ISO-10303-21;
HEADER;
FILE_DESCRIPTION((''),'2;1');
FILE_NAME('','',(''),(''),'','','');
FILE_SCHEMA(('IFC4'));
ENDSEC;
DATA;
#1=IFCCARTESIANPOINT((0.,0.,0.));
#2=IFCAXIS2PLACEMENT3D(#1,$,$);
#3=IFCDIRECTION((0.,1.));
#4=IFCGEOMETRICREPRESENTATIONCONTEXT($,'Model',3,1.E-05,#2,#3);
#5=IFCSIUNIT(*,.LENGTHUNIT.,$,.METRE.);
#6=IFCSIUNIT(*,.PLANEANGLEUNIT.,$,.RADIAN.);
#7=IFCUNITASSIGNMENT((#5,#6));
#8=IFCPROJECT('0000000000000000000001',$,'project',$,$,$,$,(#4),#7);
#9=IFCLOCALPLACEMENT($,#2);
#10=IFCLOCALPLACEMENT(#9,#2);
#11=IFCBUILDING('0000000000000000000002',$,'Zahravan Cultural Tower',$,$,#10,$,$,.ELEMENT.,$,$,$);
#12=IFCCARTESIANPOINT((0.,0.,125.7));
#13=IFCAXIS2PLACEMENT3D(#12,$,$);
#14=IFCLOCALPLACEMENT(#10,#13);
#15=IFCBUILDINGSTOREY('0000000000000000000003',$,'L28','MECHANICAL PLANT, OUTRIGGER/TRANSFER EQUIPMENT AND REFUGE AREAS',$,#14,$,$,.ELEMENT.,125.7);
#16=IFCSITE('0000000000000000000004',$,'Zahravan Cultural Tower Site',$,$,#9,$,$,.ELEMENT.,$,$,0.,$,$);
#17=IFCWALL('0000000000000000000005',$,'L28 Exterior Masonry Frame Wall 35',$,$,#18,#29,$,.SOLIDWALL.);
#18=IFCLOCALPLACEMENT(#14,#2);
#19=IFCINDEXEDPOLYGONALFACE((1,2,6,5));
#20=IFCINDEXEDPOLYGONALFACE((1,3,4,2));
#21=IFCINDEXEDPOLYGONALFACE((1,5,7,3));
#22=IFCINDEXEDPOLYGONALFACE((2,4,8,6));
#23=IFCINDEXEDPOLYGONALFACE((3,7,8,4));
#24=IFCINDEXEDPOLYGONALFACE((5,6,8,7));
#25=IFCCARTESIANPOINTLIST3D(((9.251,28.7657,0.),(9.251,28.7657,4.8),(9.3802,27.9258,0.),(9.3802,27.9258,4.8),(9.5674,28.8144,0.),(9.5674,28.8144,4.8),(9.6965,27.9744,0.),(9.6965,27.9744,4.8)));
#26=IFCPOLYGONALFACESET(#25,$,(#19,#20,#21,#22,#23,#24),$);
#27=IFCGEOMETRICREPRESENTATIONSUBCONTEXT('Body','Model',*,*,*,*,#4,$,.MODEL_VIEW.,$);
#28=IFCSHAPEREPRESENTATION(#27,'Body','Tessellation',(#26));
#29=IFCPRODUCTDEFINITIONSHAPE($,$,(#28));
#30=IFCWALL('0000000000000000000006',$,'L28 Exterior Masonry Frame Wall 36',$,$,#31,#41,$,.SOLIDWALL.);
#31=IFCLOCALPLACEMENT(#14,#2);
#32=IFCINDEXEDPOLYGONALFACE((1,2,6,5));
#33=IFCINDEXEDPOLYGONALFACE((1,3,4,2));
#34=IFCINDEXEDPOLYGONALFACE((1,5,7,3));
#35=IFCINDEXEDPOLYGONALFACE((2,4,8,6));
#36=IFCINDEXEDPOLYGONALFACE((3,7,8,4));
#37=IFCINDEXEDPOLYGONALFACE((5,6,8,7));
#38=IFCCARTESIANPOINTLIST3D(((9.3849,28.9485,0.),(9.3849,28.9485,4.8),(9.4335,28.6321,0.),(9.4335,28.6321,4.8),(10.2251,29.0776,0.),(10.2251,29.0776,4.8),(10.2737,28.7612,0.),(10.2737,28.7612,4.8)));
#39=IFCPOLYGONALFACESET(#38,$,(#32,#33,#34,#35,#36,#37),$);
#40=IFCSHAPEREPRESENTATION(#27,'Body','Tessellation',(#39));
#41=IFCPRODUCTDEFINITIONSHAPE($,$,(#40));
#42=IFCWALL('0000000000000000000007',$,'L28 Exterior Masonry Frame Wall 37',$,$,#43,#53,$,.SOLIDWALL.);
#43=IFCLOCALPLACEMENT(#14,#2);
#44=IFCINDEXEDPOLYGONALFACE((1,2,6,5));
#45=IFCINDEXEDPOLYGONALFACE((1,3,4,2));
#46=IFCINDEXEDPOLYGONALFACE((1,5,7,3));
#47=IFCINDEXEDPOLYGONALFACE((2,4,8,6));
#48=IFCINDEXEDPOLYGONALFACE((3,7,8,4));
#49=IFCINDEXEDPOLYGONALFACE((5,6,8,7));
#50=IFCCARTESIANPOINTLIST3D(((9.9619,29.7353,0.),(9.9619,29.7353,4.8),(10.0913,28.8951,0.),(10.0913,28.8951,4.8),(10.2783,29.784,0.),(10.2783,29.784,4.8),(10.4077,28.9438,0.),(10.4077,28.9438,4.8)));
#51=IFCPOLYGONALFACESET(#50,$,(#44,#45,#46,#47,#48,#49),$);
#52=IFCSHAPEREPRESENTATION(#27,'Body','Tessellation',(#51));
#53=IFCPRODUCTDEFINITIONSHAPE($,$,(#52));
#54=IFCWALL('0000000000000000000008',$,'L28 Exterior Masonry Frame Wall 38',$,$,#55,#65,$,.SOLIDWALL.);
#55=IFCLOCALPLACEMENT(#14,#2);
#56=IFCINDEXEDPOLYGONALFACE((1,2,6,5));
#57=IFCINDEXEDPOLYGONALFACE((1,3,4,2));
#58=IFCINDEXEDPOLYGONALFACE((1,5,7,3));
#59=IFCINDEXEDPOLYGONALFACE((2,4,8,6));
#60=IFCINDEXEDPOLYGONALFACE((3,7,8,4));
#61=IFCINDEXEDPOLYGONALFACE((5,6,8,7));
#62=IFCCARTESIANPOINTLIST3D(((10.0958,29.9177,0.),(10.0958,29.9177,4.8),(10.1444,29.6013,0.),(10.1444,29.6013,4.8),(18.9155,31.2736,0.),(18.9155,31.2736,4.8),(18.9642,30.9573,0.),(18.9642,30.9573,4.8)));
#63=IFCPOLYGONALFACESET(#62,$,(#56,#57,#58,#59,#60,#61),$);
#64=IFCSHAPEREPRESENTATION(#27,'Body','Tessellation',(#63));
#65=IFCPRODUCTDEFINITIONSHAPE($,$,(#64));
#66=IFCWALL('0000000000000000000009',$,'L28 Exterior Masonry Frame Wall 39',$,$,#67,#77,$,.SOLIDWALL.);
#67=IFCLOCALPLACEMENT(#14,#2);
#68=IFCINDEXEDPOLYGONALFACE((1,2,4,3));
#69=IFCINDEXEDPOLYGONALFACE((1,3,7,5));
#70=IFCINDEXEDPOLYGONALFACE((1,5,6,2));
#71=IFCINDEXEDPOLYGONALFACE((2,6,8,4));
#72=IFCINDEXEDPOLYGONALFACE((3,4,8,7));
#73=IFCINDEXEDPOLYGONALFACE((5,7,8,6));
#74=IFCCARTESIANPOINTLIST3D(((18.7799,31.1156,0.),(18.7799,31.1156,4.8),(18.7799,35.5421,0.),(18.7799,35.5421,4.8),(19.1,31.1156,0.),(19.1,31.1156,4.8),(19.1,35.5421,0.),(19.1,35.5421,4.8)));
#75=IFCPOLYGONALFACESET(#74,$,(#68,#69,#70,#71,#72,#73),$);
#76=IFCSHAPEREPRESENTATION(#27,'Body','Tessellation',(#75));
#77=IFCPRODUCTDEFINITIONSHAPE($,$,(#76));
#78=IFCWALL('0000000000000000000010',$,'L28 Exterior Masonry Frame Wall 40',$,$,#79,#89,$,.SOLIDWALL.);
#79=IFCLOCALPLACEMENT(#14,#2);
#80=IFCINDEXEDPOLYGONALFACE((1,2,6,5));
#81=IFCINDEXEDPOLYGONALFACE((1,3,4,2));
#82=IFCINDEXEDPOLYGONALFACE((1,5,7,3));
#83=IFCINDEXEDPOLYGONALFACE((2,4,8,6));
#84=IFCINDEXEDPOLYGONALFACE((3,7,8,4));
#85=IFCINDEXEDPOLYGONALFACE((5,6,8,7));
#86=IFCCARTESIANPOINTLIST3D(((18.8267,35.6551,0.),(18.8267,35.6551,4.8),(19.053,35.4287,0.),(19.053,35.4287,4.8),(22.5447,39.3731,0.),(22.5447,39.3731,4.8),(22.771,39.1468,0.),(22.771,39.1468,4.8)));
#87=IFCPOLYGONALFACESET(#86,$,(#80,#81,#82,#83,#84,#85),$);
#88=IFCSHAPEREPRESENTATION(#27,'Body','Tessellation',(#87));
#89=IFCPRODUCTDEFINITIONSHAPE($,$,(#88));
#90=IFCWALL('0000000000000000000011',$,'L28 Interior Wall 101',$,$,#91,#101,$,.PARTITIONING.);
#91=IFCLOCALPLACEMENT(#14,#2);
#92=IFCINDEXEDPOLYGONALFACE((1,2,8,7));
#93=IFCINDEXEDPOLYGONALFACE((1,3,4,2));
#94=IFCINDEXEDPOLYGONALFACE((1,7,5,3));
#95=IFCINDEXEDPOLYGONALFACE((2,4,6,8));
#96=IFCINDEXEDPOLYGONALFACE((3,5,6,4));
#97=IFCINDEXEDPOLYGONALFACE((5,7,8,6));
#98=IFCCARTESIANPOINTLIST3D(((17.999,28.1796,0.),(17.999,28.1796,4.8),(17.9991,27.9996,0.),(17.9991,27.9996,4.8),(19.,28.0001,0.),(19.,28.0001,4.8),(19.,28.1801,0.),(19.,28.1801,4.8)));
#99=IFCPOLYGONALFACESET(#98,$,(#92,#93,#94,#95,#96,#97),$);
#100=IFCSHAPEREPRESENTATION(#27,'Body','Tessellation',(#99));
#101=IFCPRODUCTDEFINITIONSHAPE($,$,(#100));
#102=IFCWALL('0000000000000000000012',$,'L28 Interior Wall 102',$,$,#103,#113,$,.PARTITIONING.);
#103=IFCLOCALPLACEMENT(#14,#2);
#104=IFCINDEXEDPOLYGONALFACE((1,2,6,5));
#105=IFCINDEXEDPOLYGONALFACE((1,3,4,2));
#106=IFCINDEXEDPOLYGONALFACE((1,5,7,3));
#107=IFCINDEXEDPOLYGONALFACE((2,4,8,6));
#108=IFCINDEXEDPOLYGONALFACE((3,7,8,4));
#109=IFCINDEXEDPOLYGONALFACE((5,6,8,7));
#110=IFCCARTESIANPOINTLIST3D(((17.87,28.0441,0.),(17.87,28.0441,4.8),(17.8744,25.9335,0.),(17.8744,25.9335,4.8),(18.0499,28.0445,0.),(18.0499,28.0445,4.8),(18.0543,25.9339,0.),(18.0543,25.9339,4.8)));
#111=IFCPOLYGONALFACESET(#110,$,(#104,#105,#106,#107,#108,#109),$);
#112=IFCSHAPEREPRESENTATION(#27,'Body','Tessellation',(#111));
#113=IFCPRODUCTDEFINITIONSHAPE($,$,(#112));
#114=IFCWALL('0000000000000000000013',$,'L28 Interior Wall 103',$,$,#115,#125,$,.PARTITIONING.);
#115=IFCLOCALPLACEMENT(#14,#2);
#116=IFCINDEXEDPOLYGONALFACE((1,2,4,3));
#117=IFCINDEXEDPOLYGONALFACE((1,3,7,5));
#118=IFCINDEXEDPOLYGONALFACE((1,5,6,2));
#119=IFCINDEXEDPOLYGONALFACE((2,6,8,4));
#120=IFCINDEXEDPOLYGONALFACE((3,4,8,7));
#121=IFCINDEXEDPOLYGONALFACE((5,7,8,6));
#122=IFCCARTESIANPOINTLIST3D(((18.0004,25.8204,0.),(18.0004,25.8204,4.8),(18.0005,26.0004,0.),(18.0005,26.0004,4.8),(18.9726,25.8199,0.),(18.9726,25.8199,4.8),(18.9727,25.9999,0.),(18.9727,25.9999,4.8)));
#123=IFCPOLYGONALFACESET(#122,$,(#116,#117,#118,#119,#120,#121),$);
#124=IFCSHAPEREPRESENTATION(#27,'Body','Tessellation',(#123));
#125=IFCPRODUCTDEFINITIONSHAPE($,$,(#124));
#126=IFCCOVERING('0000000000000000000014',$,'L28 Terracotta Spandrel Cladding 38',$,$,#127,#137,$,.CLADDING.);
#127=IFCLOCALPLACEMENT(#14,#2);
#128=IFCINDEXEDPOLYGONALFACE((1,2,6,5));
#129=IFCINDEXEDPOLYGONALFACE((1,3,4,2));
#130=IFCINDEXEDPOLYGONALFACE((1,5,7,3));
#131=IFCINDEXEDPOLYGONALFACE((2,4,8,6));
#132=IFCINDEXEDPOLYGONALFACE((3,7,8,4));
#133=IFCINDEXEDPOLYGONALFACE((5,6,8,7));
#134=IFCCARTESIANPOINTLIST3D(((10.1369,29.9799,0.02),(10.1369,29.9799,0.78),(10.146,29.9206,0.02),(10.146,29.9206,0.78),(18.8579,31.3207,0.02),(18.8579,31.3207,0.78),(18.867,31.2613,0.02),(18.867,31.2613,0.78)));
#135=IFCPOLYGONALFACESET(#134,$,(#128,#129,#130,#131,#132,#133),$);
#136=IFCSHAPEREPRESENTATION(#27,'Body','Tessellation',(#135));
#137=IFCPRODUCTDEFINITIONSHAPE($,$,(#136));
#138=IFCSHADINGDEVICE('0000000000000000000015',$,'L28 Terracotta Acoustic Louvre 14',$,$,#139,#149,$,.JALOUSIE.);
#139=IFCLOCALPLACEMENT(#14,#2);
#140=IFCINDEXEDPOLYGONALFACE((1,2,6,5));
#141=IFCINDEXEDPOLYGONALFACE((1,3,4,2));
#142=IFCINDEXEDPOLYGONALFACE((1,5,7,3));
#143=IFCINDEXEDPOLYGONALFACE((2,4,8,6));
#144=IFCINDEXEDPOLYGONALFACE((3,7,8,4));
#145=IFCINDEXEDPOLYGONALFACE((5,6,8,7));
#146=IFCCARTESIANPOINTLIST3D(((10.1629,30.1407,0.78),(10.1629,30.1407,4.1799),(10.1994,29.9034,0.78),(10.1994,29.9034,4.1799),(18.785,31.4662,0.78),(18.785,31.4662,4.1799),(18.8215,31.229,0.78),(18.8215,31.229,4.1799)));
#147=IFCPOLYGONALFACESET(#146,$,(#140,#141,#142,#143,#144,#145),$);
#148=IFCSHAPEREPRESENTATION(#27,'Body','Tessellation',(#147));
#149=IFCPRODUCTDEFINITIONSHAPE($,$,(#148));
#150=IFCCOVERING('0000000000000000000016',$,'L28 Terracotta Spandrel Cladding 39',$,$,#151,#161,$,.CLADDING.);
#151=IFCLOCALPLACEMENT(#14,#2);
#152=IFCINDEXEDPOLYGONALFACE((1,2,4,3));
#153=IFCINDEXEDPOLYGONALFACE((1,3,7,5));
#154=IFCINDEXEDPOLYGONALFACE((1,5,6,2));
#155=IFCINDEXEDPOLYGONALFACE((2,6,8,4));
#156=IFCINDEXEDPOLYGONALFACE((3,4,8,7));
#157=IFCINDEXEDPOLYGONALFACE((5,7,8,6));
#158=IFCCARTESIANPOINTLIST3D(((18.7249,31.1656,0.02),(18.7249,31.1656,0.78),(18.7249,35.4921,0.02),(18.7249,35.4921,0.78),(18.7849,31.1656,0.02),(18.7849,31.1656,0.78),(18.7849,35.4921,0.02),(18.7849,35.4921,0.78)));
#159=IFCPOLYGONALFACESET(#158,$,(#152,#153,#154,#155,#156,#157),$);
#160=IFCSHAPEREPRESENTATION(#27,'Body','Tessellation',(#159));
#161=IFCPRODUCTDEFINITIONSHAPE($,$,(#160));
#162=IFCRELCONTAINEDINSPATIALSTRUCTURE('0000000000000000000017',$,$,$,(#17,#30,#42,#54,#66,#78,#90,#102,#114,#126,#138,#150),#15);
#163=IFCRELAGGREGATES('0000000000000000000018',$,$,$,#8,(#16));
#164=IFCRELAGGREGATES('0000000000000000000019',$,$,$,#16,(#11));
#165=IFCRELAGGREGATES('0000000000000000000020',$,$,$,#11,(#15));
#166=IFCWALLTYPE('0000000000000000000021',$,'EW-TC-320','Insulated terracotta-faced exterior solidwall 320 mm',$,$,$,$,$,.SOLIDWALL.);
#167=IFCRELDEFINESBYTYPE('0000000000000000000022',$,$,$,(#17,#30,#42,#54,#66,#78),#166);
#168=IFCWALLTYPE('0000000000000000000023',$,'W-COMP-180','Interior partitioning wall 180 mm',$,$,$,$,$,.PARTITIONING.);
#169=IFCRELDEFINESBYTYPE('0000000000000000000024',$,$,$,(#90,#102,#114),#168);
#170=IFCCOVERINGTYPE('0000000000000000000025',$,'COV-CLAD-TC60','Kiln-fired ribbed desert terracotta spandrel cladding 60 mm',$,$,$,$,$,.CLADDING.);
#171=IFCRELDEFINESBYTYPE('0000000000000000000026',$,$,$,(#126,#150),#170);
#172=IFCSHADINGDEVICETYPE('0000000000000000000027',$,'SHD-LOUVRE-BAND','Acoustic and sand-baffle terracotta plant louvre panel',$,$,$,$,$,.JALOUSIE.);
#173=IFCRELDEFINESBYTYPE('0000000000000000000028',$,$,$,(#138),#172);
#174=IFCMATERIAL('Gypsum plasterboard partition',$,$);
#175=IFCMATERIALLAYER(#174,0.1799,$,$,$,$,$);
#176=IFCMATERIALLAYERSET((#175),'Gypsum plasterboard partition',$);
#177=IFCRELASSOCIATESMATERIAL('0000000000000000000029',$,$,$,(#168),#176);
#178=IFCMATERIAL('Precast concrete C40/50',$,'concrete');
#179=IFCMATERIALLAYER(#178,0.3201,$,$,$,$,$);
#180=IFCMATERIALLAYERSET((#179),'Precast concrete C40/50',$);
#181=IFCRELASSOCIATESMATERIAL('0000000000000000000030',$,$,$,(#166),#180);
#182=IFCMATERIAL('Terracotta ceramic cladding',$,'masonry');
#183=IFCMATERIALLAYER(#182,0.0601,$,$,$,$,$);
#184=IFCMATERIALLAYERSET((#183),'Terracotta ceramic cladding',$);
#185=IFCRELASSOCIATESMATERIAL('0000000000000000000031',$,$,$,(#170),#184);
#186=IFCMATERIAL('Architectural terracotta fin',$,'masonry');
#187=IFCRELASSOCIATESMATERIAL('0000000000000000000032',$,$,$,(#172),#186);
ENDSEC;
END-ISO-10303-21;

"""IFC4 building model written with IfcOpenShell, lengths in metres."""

from ifc_helpers import new_model, si_unit, direction, frame, frame_2d, origin, origin_2d, place, context, subcontext, project, spatial, rectangle, extrude, source, transform, mapped, material, layer, layer_set, type_object, element, save


model = new_model("IFC4")

# Units and contexts
model_context = context("Model", 3, precision=1e-05, world=origin(), true_north=direction((0.0, 1.0)))
body_context = subcontext(model_context, "Body", "Model", "MODEL_VIEW")
ifc_project = project(units=[si_unit("LENGTHUNIT", "METRE"), si_unit("PLANEANGLEUNIT", "RADIAN")], contexts=[model_context])

# Site, building, storey
site_placement = place(None, origin())
site = spatial("IfcSite", under=ifc_project, at=site_placement, Name="Zahravan Cultural Tower Site", CompositionType="ELEMENT", RefElevation=0.0)
building_placement = place(site_placement, origin())
building = spatial("IfcBuilding", under=site, at=building_placement, Name="Zahravan Cultural Tower", CompositionType="ELEMENT")
storey_placement = place(building_placement, frame((0.0, 0.0, 125.7)))
storey = spatial("IfcBuildingStorey", under=building, at=storey_placement, Name="L28", Description="MECHANICAL PLANT, OUTRIGGER/TRANSFER EQUIPMENT AND REFUGE AREAS", CompositionType="ELEMENT", Elevation=125.7)

# Shared definitions
ifc_material_1 = material(Name="Gypsum plasterboard partition")
ifc_layer_1 = layer(ifc_material_1, 0.1799)
ifc_layer_set_1 = layer_set([ifc_layer_1], Name="Gypsum plasterboard partition")
wall_type_1 = type_object("IfcWallType", Name="W-COMP-180", Description="Interior partitioning wall 180 mm", PredefinedType="PARTITIONING", material=ifc_layer_set_1)

# Walls
ifc_material_2 = material(Name="Precast concrete C40/50", Category="concrete")
ifc_layer_2 = layer(ifc_material_2, 0.3201)
ifc_layer_set_2 = layer_set([ifc_layer_2], Name="Precast concrete C40/50")
wall_type_2 = type_object("IfcWallType", Name="EW-TC-320", Description="Insulated terracotta-faced exterior solidwall 320 mm", PredefinedType="SOLIDWALL", material=ifc_layer_set_2)
shared_shape_1 = source(origin(), body_context, "Body", "SweptSolid", [
    extrude(rectangle(XDim=0.8499, YDim=0.3201, at=frame_2d((0.4248, 0.0))), origin(), (0.0, 0.0, 1.0), 4.8),
])
for number, where, z_axis, x_axis, name in (
    (1, (9.5383, 27.9502, 0.0), (0.0, 0.0, 1.0), (-0.151949, 0.988388, 0.0), "L28 Exterior Masonry Frame Wall 35"),
):
    element("IfcWall", number, at=place(storey_placement, frame(where, z_axis=z_axis, x_axis=x_axis)), inside=storey, type_object=wall_type_2, Name=name, PredefinedType="SOLIDWALL", context=body_context, shape_type="MappedRepresentation", body=[
        mapped(shared_shape_1, transform((0.0, 0.0, 0.0), x_axis=(1.0, 0.0, 0.0), y_axis=(0.0, 1.0, 0.0), z_axis=(0.0, 0.0, 1.0), scale=1.0)),
    ])
shared_shape_2 = source(origin(), body_context, "Body", "SweptSolid", [
    extrude(rectangle(XDim=0.8501, YDim=0.3201, at=frame_2d((0.425, 0.0))), origin(), (0.0, 0.0, 1.0), 4.8),
])
for number, where, z_axis, x_axis, name in (
    (2, (9.4092, 28.7903, 0.0), (0.0, 0.0, 1.0), (0.988395, 0.151906, 0.0), "L28 Exterior Masonry Frame Wall 36"),
    (3, (10.2495, 28.9194, 0.0), (0.0, 0.0, 1.0), (-0.15223, 0.988345, 0.0), "L28 Exterior Masonry Frame Wall 37"),
):
    element("IfcWall", number, at=place(storey_placement, frame(where, z_axis=z_axis, x_axis=x_axis)), inside=storey, type_object=wall_type_2, Name=name, PredefinedType="SOLIDWALL", context=body_context, shape_type="MappedRepresentation", body=[
        mapped(shared_shape_2, transform((0.0, 0.0, 0.0), x_axis=(1.0, 0.0, 0.0), y_axis=(0.0, 1.0, 0.0), z_axis=(0.0, 0.0, 1.0), scale=1.0)),
    ])
shared_shape_3 = source(origin(), body_context, "Body", "SweptSolid", [
    extrude(rectangle(XDim=8.9233, YDim=0.3201, at=frame_2d((4.4617, 0.0))), origin(), (0.0, 0.0, 1.0), 4.8),
])
wall_1_placement = place(storey_placement, frame((10.1201, 29.7595, 0.0), z_axis=(0.0, 0.0, 1.0), x_axis=(0.988388, 0.151954, 0.0)))
element("IfcWall", 4, at=wall_1_placement, inside=storey, type_object=wall_type_2, Name="L28 Exterior Masonry Frame Wall 38", PredefinedType="SOLIDWALL", context=body_context, shape_type="MappedRepresentation", body=[
    mapped(shared_shape_3, transform((0.0, 0.0, 0.0), x_axis=(1.0, 0.0, 0.0), y_axis=(0.0, 1.0, 0.0), z_axis=(0.0, 0.0, 1.0), scale=1.0)),
])
shared_shape_4 = source(origin(), body_context, "Body", "SweptSolid", [
    extrude(rectangle(XDim=4.4265, YDim=0.3201, at=frame_2d((2.2134, 0.0))), origin(), (0.0, 0.0, 1.0), 4.8),
])
wall_2_placement = place(storey_placement, frame((18.9399, 31.1155, 0.0), z_axis=(0.0, 0.0, 1.0), x_axis=(0.0, 1.0, 0.0)))
element("IfcWall", 5, at=wall_2_placement, inside=storey, type_object=wall_type_2, Name="L28 Exterior Masonry Frame Wall 39", PredefinedType="SOLIDWALL", context=body_context, shape_type="MappedRepresentation", body=[
    mapped(shared_shape_4, transform((0.0, 0.0, 0.0), x_axis=(1.0, 0.0, 0.0), y_axis=(0.0, 1.0, 0.0), z_axis=(0.0, 0.0, 1.0), scale=1.0)),
])
shared_shape_5 = source(origin(), body_context, "Body", "SweptSolid", [
    extrude(rectangle(XDim=5.2581, YDim=0.3201, at=frame_2d((2.6289, 0.0))), origin(), (0.0, 0.0, 1.0), 4.8),
])
wall_3_placement = place(storey_placement, frame((18.9399, 35.542, 0.0), z_axis=(0.0, 0.0, 1.0), x_axis=(0.707107, 0.707107, 0.0)))
element("IfcWall", 6, at=wall_3_placement, inside=storey, type_object=wall_type_2, Name="L28 Exterior Masonry Frame Wall 40", PredefinedType="SOLIDWALL", context=body_context, shape_type="MappedRepresentation", body=[
    mapped(shared_shape_5, transform((0.0, 0.0, 0.0), x_axis=(1.0, 0.0, 0.0), y_axis=(0.0, 1.0, 0.0), z_axis=(0.0, 0.0, 1.0), scale=1.0)),
])
shared_shape_6 = source(origin(), body_context, "Body", "SweptSolid", [
    extrude(rectangle(XDim=1.001, YDim=0.1799, at=frame_2d((0.5005, 0.0))), origin(), (0.0, 0.0, 1.0), 4.8),
])
wall_4_placement = place(storey_placement, frame((19.0, 28.0901, 0.0), z_axis=(0.0, 0.0, 1.0), x_axis=(-1.0, -0.000488, 0.0)))
element("IfcWall", 7, at=wall_4_placement, inside=storey, type_object=wall_type_1, Name="L28 Interior Wall 101", PredefinedType="PARTITIONING", context=body_context, shape_type="MappedRepresentation", body=[
    mapped(shared_shape_6, transform((0.0, 0.0, 0.0), x_axis=(1.0, 0.0, 0.0), y_axis=(0.0, 1.0, 0.0), z_axis=(0.0, 0.0, 1.0), scale=1.0)),
])
shared_shape_7 = source(origin(), body_context, "Body", "SweptSolid", [
    extrude(rectangle(XDim=2.1106, YDim=0.1799, at=frame_2d((1.0552, 0.0))), origin(), (0.0, 0.0, 1.0), 4.8),
])
wall_5_placement = place(storey_placement, frame((17.96, 28.0442, 0.0), z_axis=(0.0, 0.0, 1.0), x_axis=(0.002082, -0.999998, 0.0)))
element("IfcWall", 8, at=wall_5_placement, inside=storey, type_object=wall_type_1, Name="L28 Interior Wall 102", PredefinedType="PARTITIONING", context=body_context, shape_type="MappedRepresentation", body=[
    mapped(shared_shape_7, transform((0.0, 0.0, 0.0), x_axis=(1.0, 0.0, 0.0), y_axis=(0.0, 1.0, 0.0), z_axis=(0.0, 0.0, 1.0), scale=1.0)),
])
shared_shape_8 = source(origin(), body_context, "Body", "SweptSolid", [
    extrude(rectangle(XDim=0.9722, YDim=0.1799, at=frame_2d((0.4861, 0.0))), origin(), (0.0, 0.0, 1.0), 4.8),
])
wall_6_placement = place(storey_placement, frame((18.0005, 25.9104, 0.0), z_axis=(0.0, 0.0, 1.0), x_axis=(1.0, -0.000502, 0.0)))
element("IfcWall", 9, at=wall_6_placement, inside=storey, type_object=wall_type_1, Name="L28 Interior Wall 103", PredefinedType="PARTITIONING", context=body_context, shape_type="MappedRepresentation", body=[
    mapped(shared_shape_8, transform((0.0, 0.0, 0.0), x_axis=(1.0, 0.0, 0.0), y_axis=(0.0, 1.0, 0.0), z_axis=(0.0, 0.0, 1.0), scale=1.0)),
])

# Covering
ifc_material_3 = material(Name="Terracotta ceramic cladding", Category="masonry")
ifc_layer_3 = layer(ifc_material_3, 0.0601)
ifc_layer_set_3 = layer_set([ifc_layer_3], Name="Terracotta ceramic cladding")
covering_type = type_object("IfcCoveringType", Name="COV-CLAD-TC60", Description="Kiln-fired ribbed desert terracotta spandrel cladding 60 mm", PredefinedType="CLADDING", material=ifc_layer_set_3)
shared_shape_9 = source(origin(), body_context, "Body", "SweptSolid", [
    extrude(rectangle(XDim=8.8235, YDim=0.0601, at=origin_2d()), origin(), (0.0, 0.0, 1.0), 0.76),
])
covering_1_placement = place(storey_placement, frame((14.502, 30.6206, 0.02), z_axis=(0.0, 0.0, 1.0), x_axis=(0.988388, 0.151951, 0.0)))
element("IfcCovering", 10, at=covering_1_placement, inside=storey, type_object=covering_type, Name="L28 Terracotta Spandrel Cladding 38", PredefinedType="CLADDING", context=body_context, shape_type="MappedRepresentation", body=[
    mapped(shared_shape_9, transform((0.0, 0.0, 0.0), x_axis=(1.0, 0.0, 0.0), y_axis=(0.0, 1.0, 0.0), z_axis=(0.0, 0.0, 1.0), scale=1.0)),
])

# Shading device
ifc_material_4 = material(Name="Architectural terracotta fin", Category="masonry")
shading_device_type = type_object("IfcShadingDeviceType", Name="SHD-LOUVRE-BAND", Description="Acoustic and sand-baffle terracotta plant louvre panel", PredefinedType="JALOUSIE", material=ifc_material_4)
shared_shape_10 = source(origin(), body_context, "Body", "SweptSolid", [
    extrude(rectangle(XDim=8.7234, YDim=0.24, at=origin_2d()), origin(), (0.0, 0.0, 1.0), 3.3999),
])
shading_device_1_placement = place(storey_placement, frame((14.4922, 30.6848, 0.78), z_axis=(0.0, 0.0, 1.0), x_axis=(0.988388, 0.151951, 0.0)))
element("IfcShadingDevice", 11, at=shading_device_1_placement, inside=storey, type_object=shading_device_type, Name="L28 Terracotta Acoustic Louvre 14", PredefinedType="JALOUSIE", context=body_context, shape_type="MappedRepresentation", body=[
    mapped(shared_shape_10, transform((0.0, 0.0, 0.0), x_axis=(1.0, 0.0, 0.0), y_axis=(0.0, 1.0, 0.0), z_axis=(0.0, 0.0, 1.0), scale=1.0)),
])

# Covering
shared_shape_11 = source(origin(), body_context, "Body", "SweptSolid", [
    extrude(rectangle(XDim=4.3264, YDim=0.0601, at=origin_2d()), origin(), (0.0, 0.0, 1.0), 0.76),
])
covering_2_placement = place(storey_placement, frame((18.7549, 33.3289, 0.02), z_axis=(0.0, 0.0, 1.0), x_axis=(0.0, 1.0, 0.0)))
element("IfcCovering", 12, at=covering_2_placement, inside=storey, type_object=covering_type, Name="L28 Terracotta Spandrel Cladding 39", PredefinedType="CLADDING", context=body_context, shape_type="MappedRepresentation", body=[
    mapped(shared_shape_11, transform((0.0, 0.0, 0.0), x_axis=(1.0, 0.0, 0.0), y_axis=(0.0, 1.0, 0.0), z_axis=(0.0, 0.0, 1.0), scale=1.0)),
])

save(model, "model.ifc")
